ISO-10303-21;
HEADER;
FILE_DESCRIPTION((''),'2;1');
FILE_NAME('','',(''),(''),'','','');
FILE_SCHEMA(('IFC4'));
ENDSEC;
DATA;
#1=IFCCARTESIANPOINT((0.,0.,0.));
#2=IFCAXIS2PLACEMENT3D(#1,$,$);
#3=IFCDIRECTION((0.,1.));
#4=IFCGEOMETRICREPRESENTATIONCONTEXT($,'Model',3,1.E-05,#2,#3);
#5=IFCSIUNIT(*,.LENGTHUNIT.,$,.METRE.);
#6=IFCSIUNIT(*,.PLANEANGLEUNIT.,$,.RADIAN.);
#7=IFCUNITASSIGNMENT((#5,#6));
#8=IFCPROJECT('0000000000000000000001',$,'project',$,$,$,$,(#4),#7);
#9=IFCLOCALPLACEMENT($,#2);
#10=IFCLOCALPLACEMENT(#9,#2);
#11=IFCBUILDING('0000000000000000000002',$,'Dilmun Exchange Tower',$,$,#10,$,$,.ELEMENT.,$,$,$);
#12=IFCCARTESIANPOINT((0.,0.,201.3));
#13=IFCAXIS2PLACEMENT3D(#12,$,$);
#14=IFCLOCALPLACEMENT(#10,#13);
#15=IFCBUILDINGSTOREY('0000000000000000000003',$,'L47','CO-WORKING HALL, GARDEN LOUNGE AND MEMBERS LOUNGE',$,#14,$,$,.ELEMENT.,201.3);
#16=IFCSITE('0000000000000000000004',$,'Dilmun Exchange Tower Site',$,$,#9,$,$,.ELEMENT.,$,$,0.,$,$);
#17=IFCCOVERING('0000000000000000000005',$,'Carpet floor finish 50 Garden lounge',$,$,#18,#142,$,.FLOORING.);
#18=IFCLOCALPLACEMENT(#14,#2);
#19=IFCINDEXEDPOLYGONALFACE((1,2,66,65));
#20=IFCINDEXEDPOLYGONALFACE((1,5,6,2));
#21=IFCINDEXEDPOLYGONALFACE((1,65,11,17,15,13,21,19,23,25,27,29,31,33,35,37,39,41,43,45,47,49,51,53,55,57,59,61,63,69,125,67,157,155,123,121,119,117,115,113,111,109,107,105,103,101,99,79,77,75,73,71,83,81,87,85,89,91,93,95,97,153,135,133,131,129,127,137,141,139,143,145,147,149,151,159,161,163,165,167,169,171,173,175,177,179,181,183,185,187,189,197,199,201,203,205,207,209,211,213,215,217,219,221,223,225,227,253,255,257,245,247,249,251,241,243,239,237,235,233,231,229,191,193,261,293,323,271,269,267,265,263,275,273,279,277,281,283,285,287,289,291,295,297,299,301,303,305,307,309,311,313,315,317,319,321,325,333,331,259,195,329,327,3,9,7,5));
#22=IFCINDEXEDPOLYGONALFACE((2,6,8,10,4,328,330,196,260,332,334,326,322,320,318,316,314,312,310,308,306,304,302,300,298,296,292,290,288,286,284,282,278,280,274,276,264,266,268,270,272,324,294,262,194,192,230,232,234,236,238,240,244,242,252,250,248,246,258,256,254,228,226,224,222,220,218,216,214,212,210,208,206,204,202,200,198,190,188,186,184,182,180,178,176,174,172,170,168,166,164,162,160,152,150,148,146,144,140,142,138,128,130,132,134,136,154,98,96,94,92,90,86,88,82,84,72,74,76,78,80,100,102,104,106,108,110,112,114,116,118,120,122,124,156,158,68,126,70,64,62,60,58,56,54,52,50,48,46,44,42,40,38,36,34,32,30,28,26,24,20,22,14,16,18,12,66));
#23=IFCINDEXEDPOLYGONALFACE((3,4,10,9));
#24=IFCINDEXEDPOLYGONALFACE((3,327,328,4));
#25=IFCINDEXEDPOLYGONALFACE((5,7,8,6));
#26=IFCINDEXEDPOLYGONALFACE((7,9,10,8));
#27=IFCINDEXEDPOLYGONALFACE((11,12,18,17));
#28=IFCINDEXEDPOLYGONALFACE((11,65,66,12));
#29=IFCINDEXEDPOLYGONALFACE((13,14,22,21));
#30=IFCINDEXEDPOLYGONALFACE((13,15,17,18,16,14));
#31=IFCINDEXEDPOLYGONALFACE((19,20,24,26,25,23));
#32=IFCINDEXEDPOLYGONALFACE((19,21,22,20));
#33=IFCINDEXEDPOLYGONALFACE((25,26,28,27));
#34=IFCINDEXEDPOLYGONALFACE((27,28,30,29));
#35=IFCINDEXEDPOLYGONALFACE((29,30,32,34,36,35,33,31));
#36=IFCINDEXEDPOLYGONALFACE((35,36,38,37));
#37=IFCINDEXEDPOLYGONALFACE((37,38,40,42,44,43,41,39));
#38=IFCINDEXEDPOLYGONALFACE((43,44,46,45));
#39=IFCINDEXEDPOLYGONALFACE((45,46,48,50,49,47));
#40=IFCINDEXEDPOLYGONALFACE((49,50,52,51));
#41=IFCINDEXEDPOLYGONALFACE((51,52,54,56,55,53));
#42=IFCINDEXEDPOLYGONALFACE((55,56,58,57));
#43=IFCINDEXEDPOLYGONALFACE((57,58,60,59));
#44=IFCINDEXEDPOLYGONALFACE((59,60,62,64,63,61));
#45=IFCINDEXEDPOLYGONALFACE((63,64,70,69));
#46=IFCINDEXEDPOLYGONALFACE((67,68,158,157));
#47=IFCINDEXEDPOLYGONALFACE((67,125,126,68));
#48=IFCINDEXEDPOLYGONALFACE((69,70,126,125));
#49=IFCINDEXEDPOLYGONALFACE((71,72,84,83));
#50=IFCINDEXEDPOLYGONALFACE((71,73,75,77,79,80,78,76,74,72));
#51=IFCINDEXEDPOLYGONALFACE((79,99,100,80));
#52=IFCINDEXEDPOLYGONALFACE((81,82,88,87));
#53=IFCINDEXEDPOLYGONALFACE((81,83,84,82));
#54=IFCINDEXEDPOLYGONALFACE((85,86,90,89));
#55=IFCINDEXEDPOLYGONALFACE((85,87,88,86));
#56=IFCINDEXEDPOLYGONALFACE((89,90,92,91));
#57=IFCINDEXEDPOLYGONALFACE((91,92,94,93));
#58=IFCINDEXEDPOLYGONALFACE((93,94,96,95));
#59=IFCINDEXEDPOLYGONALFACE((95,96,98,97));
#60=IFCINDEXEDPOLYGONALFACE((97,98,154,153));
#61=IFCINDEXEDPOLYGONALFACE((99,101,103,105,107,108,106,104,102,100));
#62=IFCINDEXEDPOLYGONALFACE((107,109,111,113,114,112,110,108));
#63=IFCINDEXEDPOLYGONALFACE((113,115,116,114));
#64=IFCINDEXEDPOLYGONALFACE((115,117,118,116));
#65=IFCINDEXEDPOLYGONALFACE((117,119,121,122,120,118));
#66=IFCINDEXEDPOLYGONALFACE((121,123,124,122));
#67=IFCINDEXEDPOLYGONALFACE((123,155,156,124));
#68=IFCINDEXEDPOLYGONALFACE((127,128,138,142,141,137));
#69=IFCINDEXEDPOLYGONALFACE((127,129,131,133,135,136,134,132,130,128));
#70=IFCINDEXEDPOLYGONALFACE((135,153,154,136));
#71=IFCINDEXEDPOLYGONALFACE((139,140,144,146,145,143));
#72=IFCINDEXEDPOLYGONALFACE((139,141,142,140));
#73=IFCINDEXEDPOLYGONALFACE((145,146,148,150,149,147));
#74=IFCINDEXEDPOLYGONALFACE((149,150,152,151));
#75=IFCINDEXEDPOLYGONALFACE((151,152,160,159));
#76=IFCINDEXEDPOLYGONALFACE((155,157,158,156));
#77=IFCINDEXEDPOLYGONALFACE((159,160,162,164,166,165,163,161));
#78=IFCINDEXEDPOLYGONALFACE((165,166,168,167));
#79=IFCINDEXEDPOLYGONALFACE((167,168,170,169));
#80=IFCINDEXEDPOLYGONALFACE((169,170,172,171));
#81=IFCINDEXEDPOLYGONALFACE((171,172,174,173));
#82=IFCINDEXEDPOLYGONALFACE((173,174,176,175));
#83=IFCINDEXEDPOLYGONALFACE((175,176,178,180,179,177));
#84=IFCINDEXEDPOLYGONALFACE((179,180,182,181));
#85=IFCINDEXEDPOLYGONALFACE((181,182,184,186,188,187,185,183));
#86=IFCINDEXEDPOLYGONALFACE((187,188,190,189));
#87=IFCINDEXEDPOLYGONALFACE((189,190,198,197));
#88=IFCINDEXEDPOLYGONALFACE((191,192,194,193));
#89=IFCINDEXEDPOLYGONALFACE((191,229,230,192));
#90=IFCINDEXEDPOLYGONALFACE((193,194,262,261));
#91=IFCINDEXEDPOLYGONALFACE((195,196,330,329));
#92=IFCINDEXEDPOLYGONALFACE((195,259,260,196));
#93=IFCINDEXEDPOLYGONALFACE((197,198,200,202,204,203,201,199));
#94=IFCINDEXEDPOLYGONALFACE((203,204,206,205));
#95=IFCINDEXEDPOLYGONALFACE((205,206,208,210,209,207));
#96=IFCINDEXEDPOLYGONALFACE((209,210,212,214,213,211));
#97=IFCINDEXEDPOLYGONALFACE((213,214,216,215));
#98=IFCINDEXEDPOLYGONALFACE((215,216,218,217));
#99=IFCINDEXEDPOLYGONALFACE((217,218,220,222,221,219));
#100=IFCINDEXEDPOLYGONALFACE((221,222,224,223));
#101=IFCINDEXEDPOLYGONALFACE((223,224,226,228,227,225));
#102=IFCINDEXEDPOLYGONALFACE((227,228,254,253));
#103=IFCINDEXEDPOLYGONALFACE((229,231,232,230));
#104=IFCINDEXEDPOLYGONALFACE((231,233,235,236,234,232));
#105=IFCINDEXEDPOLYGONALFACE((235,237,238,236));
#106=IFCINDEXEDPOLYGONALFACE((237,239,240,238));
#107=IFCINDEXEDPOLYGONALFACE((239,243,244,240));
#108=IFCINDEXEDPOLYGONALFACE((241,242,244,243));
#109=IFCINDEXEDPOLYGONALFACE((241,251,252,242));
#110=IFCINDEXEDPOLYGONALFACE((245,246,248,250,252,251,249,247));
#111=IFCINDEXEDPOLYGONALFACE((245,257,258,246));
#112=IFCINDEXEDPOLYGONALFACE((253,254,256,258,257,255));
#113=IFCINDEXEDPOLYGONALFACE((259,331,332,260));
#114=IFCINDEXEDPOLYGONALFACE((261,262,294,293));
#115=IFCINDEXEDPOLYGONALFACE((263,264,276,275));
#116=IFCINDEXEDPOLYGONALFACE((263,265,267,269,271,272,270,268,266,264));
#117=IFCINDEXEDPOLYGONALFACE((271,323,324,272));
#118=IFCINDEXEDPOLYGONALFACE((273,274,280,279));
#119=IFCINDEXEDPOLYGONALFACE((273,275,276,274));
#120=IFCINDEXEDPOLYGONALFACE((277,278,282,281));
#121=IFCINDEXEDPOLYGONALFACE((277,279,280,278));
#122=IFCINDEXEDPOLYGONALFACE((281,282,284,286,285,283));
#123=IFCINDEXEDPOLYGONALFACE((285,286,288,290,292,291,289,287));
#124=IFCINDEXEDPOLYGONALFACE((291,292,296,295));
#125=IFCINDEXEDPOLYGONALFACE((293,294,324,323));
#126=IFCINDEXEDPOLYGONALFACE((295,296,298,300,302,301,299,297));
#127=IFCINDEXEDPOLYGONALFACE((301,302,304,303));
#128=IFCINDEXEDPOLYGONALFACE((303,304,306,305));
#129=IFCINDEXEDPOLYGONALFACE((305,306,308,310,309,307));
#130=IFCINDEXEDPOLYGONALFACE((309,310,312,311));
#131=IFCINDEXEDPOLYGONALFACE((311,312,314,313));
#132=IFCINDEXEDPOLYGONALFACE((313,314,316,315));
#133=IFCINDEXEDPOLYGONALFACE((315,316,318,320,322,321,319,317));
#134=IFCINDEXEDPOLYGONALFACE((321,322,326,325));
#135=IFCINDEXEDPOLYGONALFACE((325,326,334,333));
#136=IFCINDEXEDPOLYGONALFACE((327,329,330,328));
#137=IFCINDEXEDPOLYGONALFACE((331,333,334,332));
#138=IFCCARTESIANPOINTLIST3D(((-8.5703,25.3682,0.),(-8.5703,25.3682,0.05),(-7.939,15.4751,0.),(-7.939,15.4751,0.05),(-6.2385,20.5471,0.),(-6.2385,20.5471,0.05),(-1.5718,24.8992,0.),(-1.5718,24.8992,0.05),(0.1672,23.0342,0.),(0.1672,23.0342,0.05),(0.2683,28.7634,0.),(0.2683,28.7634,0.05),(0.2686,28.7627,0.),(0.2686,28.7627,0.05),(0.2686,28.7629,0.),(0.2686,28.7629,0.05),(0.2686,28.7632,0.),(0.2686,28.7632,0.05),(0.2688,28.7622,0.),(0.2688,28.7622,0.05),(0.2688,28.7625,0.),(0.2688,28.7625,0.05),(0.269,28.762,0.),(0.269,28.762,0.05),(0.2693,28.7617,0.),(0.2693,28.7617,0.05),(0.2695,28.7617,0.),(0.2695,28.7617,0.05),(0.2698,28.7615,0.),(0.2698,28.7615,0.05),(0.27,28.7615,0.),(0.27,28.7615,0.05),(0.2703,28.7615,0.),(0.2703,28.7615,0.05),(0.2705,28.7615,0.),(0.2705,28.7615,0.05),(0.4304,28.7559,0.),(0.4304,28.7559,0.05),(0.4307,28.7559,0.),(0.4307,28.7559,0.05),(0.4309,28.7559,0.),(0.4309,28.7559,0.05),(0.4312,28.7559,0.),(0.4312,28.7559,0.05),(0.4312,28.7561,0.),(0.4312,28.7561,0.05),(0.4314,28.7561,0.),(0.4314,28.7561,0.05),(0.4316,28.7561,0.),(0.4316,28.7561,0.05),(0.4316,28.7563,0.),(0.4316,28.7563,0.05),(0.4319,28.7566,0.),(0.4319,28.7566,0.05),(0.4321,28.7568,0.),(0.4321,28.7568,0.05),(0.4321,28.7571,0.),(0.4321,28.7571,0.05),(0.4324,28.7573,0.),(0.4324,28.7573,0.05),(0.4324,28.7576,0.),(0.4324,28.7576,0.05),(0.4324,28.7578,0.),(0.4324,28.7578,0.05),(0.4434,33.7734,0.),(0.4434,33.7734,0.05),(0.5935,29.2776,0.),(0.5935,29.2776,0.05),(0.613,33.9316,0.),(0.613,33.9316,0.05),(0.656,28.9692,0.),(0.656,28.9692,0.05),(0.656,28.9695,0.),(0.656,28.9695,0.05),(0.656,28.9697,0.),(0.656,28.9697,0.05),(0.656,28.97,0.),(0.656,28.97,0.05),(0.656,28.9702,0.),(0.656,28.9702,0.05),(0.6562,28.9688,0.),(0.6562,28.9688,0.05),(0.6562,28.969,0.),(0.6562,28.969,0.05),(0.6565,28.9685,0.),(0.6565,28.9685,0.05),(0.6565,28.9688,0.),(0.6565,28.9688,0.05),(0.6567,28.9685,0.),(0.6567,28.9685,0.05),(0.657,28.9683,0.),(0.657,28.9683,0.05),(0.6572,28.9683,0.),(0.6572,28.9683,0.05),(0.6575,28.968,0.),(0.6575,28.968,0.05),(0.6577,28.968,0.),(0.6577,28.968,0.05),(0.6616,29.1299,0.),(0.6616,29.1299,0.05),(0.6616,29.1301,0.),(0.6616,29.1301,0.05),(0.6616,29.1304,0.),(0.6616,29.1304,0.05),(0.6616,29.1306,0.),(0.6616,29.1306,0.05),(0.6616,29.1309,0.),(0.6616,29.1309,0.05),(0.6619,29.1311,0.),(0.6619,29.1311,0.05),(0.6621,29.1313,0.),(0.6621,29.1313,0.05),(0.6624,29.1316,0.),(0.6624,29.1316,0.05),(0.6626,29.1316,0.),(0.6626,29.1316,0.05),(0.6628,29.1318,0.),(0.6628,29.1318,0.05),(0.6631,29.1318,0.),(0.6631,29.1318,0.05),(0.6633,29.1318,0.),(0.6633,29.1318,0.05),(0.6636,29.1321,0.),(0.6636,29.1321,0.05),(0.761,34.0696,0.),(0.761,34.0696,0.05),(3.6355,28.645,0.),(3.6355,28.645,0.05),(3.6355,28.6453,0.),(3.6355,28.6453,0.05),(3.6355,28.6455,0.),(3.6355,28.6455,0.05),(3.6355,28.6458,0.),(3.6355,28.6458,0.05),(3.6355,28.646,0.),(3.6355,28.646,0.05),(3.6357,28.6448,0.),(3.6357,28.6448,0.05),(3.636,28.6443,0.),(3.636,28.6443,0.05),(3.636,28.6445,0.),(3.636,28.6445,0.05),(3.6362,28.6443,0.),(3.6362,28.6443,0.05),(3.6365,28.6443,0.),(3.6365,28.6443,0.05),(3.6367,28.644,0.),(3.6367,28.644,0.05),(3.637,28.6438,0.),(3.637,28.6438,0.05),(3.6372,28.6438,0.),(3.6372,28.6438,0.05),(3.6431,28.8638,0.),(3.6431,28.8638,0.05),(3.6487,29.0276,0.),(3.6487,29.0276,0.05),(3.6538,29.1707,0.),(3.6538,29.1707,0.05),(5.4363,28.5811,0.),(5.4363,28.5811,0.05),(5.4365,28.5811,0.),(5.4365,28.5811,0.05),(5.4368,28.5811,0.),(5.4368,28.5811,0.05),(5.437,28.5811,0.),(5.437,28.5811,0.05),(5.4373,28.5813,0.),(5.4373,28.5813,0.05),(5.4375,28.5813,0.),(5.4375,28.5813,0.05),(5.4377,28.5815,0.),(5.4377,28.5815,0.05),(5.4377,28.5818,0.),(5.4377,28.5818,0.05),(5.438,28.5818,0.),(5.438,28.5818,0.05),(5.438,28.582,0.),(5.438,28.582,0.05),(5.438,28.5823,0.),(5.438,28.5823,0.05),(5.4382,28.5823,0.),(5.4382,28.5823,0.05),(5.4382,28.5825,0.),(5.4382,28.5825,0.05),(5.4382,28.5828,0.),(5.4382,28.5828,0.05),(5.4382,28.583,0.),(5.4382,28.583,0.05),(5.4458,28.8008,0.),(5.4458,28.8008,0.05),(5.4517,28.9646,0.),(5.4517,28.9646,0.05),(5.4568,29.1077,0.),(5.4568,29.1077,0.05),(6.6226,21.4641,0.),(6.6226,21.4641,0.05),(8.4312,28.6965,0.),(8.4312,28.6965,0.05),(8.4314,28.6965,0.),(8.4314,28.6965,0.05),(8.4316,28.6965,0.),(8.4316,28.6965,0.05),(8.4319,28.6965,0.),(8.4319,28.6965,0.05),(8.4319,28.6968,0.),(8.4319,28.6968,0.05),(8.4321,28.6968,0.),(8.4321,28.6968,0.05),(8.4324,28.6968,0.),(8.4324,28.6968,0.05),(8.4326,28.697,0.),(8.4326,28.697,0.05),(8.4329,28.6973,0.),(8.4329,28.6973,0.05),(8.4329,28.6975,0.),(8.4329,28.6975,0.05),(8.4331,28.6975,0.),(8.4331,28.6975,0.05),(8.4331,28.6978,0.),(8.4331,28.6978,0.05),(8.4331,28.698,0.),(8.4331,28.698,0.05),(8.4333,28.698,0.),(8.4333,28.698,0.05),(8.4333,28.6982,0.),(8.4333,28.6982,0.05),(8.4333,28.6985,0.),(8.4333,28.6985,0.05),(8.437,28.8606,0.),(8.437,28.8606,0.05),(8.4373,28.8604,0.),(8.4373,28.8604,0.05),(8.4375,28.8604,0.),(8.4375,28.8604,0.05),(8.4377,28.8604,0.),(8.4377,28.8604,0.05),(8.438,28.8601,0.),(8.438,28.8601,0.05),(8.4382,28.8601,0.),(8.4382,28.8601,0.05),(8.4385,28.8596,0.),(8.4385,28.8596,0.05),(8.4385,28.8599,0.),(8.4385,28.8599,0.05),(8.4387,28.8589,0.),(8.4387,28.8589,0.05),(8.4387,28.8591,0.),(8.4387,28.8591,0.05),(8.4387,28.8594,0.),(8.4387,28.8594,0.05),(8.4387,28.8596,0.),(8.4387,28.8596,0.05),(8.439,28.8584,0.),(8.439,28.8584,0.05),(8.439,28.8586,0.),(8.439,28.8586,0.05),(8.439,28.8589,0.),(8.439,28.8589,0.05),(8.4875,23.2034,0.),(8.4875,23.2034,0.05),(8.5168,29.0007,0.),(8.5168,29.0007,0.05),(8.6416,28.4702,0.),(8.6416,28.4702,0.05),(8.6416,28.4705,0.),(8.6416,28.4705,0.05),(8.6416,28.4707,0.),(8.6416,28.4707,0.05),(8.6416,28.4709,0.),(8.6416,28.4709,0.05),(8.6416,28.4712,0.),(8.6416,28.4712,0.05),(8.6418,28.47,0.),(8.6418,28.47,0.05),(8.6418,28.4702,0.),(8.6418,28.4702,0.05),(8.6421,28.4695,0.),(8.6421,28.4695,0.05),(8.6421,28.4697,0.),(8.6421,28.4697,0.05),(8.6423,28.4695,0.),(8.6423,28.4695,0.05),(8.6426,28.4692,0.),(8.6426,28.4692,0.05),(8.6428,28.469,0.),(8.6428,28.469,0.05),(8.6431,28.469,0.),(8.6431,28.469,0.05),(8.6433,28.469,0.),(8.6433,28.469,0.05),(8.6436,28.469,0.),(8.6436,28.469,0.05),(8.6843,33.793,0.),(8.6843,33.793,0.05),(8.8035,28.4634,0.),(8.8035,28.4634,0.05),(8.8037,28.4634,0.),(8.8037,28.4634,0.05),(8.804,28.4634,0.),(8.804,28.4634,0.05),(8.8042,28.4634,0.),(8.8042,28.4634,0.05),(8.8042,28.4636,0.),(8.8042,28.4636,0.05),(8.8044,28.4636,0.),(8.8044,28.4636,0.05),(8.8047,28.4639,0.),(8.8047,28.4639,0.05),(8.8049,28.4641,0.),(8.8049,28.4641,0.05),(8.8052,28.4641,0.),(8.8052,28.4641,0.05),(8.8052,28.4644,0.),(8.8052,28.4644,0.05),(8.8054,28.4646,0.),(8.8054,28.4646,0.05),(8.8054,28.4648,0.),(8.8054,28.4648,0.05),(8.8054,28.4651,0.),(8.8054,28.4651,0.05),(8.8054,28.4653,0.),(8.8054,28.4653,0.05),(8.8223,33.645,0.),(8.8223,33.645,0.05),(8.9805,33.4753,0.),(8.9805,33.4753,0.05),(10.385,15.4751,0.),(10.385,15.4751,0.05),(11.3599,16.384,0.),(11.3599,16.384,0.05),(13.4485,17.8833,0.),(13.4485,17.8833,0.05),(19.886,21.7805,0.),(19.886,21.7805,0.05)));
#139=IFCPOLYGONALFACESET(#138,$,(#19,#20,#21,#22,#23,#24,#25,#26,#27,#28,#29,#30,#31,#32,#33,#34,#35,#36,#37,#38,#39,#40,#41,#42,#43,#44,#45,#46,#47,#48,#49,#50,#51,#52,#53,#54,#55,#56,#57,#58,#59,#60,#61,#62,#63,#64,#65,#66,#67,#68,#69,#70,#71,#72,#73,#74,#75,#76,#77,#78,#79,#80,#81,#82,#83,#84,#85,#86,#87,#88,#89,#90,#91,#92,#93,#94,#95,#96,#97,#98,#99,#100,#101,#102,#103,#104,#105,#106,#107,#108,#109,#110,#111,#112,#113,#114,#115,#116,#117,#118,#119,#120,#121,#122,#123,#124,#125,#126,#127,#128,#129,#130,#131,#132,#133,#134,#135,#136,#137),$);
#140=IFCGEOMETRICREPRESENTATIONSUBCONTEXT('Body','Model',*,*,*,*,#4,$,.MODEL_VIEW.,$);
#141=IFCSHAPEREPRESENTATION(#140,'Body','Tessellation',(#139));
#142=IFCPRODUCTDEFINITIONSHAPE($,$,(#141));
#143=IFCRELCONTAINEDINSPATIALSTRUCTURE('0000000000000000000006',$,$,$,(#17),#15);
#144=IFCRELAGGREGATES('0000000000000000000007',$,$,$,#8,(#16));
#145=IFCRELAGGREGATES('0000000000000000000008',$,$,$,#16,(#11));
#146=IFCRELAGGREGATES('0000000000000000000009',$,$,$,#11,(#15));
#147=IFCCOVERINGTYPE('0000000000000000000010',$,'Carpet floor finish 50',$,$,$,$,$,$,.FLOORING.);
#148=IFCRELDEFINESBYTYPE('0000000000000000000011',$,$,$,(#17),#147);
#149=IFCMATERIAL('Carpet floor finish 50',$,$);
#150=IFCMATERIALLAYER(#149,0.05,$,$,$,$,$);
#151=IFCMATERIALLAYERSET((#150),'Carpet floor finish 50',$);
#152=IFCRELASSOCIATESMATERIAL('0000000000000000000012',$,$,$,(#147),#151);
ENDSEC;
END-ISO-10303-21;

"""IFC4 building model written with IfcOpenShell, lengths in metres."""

from ifc_helpers import new_model, si_unit, direction, frame, origin, place, context, subcontext, project, spatial, polyline, outline, extrude, material, layer, layer_set, type_object, element, save


model = new_model("IFC4")

# Units and contexts
model_context = context("Model", 3, precision=1e-05, world=origin(), true_north=direction((0.0, 1.0)))
body_context = subcontext(model_context, "Body", "Model", "MODEL_VIEW")
ifc_project = project(units=[si_unit("LENGTHUNIT", "METRE"), si_unit("PLANEANGLEUNIT", "RADIAN")], contexts=[model_context])

# Site, building, storey
site_placement = place(None, origin())
site = spatial("IfcSite", under=ifc_project, at=site_placement, Name="Dilmun Exchange Tower Site", CompositionType="ELEMENT", RefElevation=0.0)
building_placement = place(site_placement, origin())
building = spatial("IfcBuilding", under=site, at=building_placement, Name="Dilmun Exchange Tower", CompositionType="ELEMENT")
storey_placement = place(building_placement, frame((0.0, 0.0, 201.3)))
storey = spatial("IfcBuildingStorey", under=building, at=storey_placement, Name="L47", Description="CO-WORKING HALL, GARDEN LOUNGE AND MEMBERS LOUNGE", CompositionType="ELEMENT", Elevation=201.3)

# Covering
ifc_material_1 = material(Name="Carpet floor finish 50")
ifc_layer_1 = layer(ifc_material_1, 0.05)
ifc_layer_set_1 = layer_set([ifc_layer_1], Name="Carpet floor finish 50")
covering_type_1 = type_object("IfcCoveringType", Name="Carpet floor finish 50", PredefinedType="FLOORING", material=ifc_layer_set_1)
covering_1_placement = place(storey_placement, origin())
element("IfcCovering", 1, at=covering_1_placement, inside=storey, type_object=covering_type_1, Name="Carpet floor finish 50 Garden lounge", PredefinedType="FLOORING", context=body_context, shape_type="SweptSolid", body=[
    extrude(outline(polyline([(-1.5718, 24.8992), (-6.2385, 20.5471), (-8.5703, 25.3682), (0.4434, 33.7734), (0.2683, 28.7634), (0.2686, 28.7632), (0.2686, 28.7632), (0.2686, 28.7629), (0.2686, 28.7627), (0.2688, 28.7625), (0.2688, 28.7622), (0.2688, 28.7622), (0.269, 28.762), (0.269, 28.762), (0.2693, 28.7617), (0.2693, 28.7617), (0.2695, 28.7617), (0.2698, 28.7615), (0.27, 28.7615), (0.2703, 28.7615), (0.2705, 28.7615), (0.4304, 28.7559), (0.4304, 28.7559), (0.4307, 28.7559), (0.4309, 28.7559), (0.4312, 28.7559), (0.4312, 28.7561), (0.4314, 28.7561), (0.4316, 28.7561), (0.4316, 28.7563), (0.4319, 28.7566), (0.4319, 28.7566), (0.4321, 28.7568), (0.4321, 28.7571), (0.4321, 28.7571), (0.4324, 28.7573), (0.4324, 28.7576), (0.4324, 28.7578), (0.613, 33.9316), (0.761, 34.0696), (0.5935, 29.2776), (3.6538, 29.1707), (3.6487, 29.0276), (0.6636, 29.1321), (0.6633, 29.1318), (0.6631, 29.1318), (0.6631, 29.1318), (0.6628, 29.1318), (0.6626, 29.1316), (0.6624, 29.1316), (0.6624, 29.1316), (0.6621, 29.1313), (0.6621, 29.1313), (0.6619, 29.1311), (0.6619, 29.1311), (0.6616, 29.1309), (0.6616, 29.1306), (0.6616, 29.1304), (0.6616, 29.1301), (0.6616, 29.1299), (0.656, 28.9702), (0.656, 28.97), (0.656, 28.9697), (0.656, 28.9695), (0.656, 28.9692), (0.656, 28.9692), (0.6562, 28.969), (0.6562, 28.9688), (0.6565, 28.9688), (0.6565, 28.9685), (0.6567, 28.9685), (0.657, 28.9683), (0.657, 28.9683), (0.6572, 28.9683), (0.6575, 28.968), (0.6577, 28.968), (0.6577, 28.968), (3.6431, 28.8638), (3.6355, 28.646), (3.6355, 28.6458), (3.6355, 28.6455), (3.6355, 28.6455), (3.6355, 28.6453), (3.6355, 28.645), (3.6357, 28.6448), (3.6357, 28.6448), (3.636, 28.6445), (3.636, 28.6443), (3.6362, 28.6443), (3.6365, 28.6443), (3.6367, 28.644), (3.6367, 28.644), (3.637, 28.6438), (3.6372, 28.6438), (3.6372, 28.6438), (5.4363, 28.5811), (5.4363, 28.5811), (5.4365, 28.5811), (5.4368, 28.5811), (5.437, 28.5811), (5.4373, 28.5813), (5.4375, 28.5813), (5.4375, 28.5813), (5.4377, 28.5815), (5.4377, 28.5818), (5.438, 28.5818), (5.438, 28.582), (5.438, 28.5823), (5.4382, 28.5823), (5.4382, 28.5825), (5.4382, 28.5828), (5.4382, 28.583), (5.4458, 28.8008), (8.4312, 28.6965), (8.4314, 28.6965), (8.4316, 28.6965), (8.4319, 28.6965), (8.4319, 28.6968), (8.4321, 28.6968), (8.4324, 28.6968), (8.4326, 28.697), (8.4326, 28.697), (8.4329, 28.6973), (8.4329, 28.6975), (8.4331, 28.6975), (8.4331, 28.6978), (8.4331, 28.698), (8.4333, 28.698), (8.4333, 28.6982), (8.4333, 28.6985), (8.439, 28.8584), (8.439, 28.8586), (8.439, 28.8589), (8.4387, 28.8589), (8.4387, 28.8591), (8.4387, 28.8594), (8.4387, 28.8596), (8.4385, 28.8596), (8.4385, 28.8599), (8.4382, 28.8601), (8.438, 28.8601), (8.438, 28.8601), (8.4377, 28.8604), (8.4375, 28.8604), (8.4373, 28.8604), (8.4373, 28.8604), (8.437, 28.8606), (5.4517, 28.9646), (5.4568, 29.1077), (8.5168, 29.0007), (8.6843, 33.793), (8.8223, 33.645), (8.6416, 28.4712), (8.6416, 28.4709), (8.6416, 28.4707), (8.6416, 28.4705), (8.6416, 28.4702), (8.6418, 28.4702), (8.6418, 28.47), (8.6421, 28.4697), (8.6421, 28.4695), (8.6421, 28.4695), (8.6423, 28.4695), (8.6426, 28.4692), (8.6426, 28.4692), (8.6428, 28.469), (8.6431, 28.469), (8.6433, 28.469), (8.6436, 28.469), (8.8035, 28.4634), (8.8037, 28.4634), (8.8037, 28.4634), (8.804, 28.4634), (8.8042, 28.4634), (8.8042, 28.4636), (8.8044, 28.4636), (8.8047, 28.4639), (8.8047, 28.4639), (8.8049, 28.4641), (8.8052, 28.4641), (8.8052, 28.4644), (8.8054, 28.4646), (8.8054, 28.4648), (8.8054, 28.4648), (8.8054, 28.4651), (8.8054, 28.4653), (8.9805, 33.4753), (19.886, 21.7805), (13.4485, 17.8833), (8.4875, 23.2034), (6.6226, 21.4641), (11.3599, 16.384), (10.385, 15.4751), (-7.939, 15.4751), (0.1672, 23.0342), (-1.5718, 24.8992)])), origin(), (0.0, 0.0, 1.0), 0.05),
])

save(model, "model.ifc")
